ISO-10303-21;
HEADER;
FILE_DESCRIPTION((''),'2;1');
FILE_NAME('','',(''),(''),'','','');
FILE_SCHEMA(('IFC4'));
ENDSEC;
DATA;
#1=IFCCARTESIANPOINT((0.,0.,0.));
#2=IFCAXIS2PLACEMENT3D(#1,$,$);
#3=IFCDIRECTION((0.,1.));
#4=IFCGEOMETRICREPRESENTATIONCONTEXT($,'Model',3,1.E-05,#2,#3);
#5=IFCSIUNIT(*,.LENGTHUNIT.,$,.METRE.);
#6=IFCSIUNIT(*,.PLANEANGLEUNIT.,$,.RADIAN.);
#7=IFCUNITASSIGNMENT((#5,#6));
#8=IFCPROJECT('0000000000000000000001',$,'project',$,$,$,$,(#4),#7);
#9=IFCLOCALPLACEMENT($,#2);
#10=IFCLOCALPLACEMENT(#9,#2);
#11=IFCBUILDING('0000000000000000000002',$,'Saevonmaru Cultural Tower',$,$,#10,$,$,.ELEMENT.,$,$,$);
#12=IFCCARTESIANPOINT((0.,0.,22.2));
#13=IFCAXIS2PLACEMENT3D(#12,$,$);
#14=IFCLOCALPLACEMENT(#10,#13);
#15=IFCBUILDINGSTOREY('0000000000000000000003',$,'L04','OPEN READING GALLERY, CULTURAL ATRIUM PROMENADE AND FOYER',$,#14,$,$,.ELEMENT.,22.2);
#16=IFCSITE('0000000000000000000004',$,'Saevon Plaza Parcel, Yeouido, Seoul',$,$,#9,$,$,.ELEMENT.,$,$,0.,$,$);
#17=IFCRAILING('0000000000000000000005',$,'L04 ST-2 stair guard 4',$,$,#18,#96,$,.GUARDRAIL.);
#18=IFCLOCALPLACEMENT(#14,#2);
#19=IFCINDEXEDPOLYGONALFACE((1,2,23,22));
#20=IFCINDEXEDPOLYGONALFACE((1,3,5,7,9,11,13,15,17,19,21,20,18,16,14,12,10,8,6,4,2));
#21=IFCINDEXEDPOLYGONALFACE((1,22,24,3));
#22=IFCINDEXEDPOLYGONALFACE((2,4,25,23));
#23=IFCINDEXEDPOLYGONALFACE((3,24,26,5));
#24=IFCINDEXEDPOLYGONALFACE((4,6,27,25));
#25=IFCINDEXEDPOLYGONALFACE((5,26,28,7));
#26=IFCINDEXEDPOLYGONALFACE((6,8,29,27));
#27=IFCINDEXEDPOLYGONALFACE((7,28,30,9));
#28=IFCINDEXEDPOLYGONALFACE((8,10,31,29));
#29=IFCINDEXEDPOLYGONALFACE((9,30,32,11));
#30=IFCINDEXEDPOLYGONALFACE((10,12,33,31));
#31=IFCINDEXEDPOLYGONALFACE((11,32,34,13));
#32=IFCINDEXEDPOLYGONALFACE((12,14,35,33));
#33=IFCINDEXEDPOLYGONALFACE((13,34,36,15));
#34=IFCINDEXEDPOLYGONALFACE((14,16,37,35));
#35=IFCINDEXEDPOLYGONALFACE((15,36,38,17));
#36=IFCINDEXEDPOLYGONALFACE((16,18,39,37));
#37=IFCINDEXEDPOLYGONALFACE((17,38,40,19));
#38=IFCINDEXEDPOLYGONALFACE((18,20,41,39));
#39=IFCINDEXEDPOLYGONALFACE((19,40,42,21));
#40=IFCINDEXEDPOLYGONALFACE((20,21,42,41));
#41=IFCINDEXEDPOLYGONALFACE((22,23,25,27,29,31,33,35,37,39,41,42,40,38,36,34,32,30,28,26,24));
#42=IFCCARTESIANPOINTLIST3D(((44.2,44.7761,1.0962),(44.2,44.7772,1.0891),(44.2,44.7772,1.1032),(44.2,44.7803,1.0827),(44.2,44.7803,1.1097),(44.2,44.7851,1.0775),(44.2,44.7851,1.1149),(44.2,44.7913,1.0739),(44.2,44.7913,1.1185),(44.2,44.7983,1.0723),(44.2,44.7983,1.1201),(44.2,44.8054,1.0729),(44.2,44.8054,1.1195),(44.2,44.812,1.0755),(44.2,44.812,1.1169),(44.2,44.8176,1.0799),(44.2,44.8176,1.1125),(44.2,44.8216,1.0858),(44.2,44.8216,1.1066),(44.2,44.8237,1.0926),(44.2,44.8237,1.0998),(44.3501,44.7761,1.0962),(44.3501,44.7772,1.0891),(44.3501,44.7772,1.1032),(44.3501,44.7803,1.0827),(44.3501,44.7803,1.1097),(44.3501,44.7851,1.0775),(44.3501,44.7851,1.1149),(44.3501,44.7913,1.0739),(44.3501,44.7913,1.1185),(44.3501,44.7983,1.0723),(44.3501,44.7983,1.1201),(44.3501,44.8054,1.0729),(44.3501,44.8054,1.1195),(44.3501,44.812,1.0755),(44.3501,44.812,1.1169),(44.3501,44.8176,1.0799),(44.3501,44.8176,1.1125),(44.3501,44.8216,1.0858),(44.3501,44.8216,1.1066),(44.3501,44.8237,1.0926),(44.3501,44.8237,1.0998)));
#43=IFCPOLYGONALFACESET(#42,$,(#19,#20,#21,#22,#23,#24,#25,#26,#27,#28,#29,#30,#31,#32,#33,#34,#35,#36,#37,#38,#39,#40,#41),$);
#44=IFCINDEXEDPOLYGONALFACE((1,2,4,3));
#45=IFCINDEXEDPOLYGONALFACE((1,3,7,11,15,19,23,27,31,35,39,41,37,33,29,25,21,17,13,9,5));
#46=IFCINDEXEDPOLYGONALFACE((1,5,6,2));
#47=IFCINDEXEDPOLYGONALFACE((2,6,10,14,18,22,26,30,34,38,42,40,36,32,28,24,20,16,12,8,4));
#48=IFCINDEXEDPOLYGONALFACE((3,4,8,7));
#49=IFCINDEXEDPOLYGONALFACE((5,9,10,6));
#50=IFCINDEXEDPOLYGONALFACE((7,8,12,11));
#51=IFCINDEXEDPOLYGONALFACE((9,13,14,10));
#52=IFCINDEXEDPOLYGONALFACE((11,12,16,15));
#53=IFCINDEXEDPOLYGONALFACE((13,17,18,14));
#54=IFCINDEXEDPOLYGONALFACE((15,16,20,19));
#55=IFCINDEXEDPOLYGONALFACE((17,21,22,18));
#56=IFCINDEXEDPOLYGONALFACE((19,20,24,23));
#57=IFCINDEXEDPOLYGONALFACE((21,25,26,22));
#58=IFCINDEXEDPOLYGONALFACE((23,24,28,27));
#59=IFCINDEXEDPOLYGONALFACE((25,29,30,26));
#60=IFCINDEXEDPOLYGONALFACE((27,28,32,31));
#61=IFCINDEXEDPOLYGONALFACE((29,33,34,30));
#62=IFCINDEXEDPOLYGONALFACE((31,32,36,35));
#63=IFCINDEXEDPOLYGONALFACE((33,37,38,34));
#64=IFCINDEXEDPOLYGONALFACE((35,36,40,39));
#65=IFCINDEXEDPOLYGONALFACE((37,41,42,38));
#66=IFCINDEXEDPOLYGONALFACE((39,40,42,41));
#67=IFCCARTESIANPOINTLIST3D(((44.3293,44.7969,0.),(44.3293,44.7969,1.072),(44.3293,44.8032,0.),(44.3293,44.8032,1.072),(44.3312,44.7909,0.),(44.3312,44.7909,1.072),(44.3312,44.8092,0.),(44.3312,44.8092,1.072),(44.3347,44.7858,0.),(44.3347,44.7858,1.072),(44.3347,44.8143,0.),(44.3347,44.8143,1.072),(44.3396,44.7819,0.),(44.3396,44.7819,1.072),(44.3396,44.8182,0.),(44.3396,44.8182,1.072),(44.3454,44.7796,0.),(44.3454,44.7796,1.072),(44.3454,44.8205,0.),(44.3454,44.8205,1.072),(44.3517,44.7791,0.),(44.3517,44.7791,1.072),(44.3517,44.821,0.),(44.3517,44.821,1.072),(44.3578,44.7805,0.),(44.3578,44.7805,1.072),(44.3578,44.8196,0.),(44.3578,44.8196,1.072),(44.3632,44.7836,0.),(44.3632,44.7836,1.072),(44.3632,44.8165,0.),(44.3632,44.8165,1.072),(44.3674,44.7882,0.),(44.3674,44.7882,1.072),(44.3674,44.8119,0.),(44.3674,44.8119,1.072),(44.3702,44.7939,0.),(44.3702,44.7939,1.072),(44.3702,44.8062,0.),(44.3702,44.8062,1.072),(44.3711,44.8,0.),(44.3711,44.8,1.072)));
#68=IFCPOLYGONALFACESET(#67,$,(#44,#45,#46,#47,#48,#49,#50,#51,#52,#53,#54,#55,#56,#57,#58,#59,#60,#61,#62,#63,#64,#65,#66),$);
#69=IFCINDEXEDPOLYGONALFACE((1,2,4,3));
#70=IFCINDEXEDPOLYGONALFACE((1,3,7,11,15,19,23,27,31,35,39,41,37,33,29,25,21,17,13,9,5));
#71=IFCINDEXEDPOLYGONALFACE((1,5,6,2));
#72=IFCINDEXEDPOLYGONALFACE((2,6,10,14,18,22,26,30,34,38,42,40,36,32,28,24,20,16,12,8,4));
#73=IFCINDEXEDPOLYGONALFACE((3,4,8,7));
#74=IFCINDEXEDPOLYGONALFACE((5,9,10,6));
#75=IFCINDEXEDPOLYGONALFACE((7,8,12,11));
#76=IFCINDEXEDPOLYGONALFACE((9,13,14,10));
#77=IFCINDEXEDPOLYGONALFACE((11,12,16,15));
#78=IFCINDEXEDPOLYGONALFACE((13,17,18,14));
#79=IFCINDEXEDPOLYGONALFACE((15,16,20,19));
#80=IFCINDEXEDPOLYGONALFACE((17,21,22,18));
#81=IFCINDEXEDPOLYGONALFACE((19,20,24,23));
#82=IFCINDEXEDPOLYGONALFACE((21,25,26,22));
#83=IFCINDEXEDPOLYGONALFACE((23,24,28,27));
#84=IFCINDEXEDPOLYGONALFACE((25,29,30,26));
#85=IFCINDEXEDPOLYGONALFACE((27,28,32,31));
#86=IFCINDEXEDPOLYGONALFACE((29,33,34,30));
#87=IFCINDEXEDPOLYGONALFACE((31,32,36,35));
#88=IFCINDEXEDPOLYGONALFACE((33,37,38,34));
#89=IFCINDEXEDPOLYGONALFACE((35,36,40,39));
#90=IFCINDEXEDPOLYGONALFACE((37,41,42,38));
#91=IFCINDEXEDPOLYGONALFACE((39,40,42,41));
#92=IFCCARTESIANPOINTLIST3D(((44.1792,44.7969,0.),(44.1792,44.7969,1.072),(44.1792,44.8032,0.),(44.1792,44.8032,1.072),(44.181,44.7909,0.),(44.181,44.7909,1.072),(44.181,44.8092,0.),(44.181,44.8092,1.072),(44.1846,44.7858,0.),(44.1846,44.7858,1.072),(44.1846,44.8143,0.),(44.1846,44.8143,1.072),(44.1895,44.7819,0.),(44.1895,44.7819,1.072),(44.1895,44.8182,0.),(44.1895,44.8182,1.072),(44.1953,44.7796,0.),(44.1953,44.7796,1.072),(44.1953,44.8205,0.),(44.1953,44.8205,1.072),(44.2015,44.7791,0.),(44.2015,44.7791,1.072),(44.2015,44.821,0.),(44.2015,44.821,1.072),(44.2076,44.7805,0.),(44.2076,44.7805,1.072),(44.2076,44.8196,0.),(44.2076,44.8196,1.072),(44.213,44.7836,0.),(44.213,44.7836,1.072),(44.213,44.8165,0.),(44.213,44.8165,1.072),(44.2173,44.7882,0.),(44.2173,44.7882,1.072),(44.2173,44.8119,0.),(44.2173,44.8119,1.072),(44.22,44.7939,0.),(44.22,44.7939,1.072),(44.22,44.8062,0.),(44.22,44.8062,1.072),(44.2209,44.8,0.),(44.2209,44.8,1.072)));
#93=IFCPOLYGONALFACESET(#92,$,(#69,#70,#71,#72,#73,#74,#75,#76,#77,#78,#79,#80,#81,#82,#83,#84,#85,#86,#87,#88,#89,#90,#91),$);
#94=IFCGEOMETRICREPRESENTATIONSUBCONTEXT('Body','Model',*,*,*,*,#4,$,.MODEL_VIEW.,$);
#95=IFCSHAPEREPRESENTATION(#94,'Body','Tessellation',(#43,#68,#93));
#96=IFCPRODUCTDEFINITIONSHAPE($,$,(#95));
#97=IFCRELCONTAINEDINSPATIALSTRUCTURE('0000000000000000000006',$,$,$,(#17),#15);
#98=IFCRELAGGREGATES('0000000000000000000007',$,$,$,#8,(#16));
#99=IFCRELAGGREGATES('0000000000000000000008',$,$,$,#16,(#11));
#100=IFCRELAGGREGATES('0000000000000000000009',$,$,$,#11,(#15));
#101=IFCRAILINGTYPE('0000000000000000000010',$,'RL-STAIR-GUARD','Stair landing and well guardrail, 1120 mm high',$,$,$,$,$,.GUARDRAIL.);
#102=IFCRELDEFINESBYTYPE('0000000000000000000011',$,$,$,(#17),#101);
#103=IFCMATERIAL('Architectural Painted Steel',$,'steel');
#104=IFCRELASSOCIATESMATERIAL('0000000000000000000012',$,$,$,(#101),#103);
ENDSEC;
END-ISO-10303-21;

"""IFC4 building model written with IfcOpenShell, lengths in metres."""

from ifc_helpers import new_model, si_unit, direction, frame, origin, origin_2d, place, context, subcontext, project, spatial, circle, extrude, material, type_object, element, save


model = new_model("IFC4")

# Units and contexts
model_context = context("Model", 3, precision=1e-05, world=origin(), true_north=direction((0.0, 1.0)))
body_context = subcontext(model_context, "Body", "Model", "MODEL_VIEW")
ifc_project = project(units=[si_unit("LENGTHUNIT", "METRE"), si_unit("PLANEANGLEUNIT", "RADIAN")], contexts=[model_context])

# Site, building, storey
site_placement = place(None, origin())
site = spatial("IfcSite", under=ifc_project, at=site_placement, Name="Saevon Plaza Parcel, Yeouido, Seoul", CompositionType="ELEMENT", RefElevation=0.0)
building_placement = place(site_placement, origin())
building = spatial("IfcBuilding", under=site, at=building_placement, Name="Saevonmaru Cultural Tower", CompositionType="ELEMENT")
storey_placement = place(building_placement, frame((0.0, 0.0, 22.2)))
storey = spatial("IfcBuildingStorey", under=building, at=storey_placement, Name="L04", Description="OPEN READING GALLERY, CULTURAL ATRIUM PROMENADE AND FOYER", CompositionType="ELEMENT", Elevation=22.2)

# Railing
ifc_material_1 = material(Name="Architectural Painted Steel", Category="steel")
railing_type_1 = type_object("IfcRailingType", Name="RL-STAIR-GUARD", Description="Stair landing and well guardrail, 1120 mm high", PredefinedType="GUARDRAIL", material=ifc_material_1)
railing_1_placement = place(storey_placement, frame((44.3501, 44.8, 0.0)))
element("IfcRailing", 1, at=railing_1_placement, inside=storey, type_object=railing_type_1, Name="L04 ST-2 stair guard 4", PredefinedType="GUARDRAIL", context=body_context, shape_type="SweptSolid", body=[
    extrude(circle(Radius=0.0239, at=origin_2d()), frame((0.0, 0.0, 1.0962), z_axis=(-1.0, 0.0, 0.0), x_axis=(0.0, -1.0, 0.0)), (0.0, 0.0, 1.0), 0.1501),
    extrude(circle(Radius=0.021, at=origin_2d()), origin(), (0.0, 0.0, 1.0), 1.072),
    extrude(circle(Radius=0.021, at=origin_2d()), frame((-0.1501, 0.0, 0.0)), (0.0, 0.0, 1.0), 1.072),
])

save(model, "model.ifc")
